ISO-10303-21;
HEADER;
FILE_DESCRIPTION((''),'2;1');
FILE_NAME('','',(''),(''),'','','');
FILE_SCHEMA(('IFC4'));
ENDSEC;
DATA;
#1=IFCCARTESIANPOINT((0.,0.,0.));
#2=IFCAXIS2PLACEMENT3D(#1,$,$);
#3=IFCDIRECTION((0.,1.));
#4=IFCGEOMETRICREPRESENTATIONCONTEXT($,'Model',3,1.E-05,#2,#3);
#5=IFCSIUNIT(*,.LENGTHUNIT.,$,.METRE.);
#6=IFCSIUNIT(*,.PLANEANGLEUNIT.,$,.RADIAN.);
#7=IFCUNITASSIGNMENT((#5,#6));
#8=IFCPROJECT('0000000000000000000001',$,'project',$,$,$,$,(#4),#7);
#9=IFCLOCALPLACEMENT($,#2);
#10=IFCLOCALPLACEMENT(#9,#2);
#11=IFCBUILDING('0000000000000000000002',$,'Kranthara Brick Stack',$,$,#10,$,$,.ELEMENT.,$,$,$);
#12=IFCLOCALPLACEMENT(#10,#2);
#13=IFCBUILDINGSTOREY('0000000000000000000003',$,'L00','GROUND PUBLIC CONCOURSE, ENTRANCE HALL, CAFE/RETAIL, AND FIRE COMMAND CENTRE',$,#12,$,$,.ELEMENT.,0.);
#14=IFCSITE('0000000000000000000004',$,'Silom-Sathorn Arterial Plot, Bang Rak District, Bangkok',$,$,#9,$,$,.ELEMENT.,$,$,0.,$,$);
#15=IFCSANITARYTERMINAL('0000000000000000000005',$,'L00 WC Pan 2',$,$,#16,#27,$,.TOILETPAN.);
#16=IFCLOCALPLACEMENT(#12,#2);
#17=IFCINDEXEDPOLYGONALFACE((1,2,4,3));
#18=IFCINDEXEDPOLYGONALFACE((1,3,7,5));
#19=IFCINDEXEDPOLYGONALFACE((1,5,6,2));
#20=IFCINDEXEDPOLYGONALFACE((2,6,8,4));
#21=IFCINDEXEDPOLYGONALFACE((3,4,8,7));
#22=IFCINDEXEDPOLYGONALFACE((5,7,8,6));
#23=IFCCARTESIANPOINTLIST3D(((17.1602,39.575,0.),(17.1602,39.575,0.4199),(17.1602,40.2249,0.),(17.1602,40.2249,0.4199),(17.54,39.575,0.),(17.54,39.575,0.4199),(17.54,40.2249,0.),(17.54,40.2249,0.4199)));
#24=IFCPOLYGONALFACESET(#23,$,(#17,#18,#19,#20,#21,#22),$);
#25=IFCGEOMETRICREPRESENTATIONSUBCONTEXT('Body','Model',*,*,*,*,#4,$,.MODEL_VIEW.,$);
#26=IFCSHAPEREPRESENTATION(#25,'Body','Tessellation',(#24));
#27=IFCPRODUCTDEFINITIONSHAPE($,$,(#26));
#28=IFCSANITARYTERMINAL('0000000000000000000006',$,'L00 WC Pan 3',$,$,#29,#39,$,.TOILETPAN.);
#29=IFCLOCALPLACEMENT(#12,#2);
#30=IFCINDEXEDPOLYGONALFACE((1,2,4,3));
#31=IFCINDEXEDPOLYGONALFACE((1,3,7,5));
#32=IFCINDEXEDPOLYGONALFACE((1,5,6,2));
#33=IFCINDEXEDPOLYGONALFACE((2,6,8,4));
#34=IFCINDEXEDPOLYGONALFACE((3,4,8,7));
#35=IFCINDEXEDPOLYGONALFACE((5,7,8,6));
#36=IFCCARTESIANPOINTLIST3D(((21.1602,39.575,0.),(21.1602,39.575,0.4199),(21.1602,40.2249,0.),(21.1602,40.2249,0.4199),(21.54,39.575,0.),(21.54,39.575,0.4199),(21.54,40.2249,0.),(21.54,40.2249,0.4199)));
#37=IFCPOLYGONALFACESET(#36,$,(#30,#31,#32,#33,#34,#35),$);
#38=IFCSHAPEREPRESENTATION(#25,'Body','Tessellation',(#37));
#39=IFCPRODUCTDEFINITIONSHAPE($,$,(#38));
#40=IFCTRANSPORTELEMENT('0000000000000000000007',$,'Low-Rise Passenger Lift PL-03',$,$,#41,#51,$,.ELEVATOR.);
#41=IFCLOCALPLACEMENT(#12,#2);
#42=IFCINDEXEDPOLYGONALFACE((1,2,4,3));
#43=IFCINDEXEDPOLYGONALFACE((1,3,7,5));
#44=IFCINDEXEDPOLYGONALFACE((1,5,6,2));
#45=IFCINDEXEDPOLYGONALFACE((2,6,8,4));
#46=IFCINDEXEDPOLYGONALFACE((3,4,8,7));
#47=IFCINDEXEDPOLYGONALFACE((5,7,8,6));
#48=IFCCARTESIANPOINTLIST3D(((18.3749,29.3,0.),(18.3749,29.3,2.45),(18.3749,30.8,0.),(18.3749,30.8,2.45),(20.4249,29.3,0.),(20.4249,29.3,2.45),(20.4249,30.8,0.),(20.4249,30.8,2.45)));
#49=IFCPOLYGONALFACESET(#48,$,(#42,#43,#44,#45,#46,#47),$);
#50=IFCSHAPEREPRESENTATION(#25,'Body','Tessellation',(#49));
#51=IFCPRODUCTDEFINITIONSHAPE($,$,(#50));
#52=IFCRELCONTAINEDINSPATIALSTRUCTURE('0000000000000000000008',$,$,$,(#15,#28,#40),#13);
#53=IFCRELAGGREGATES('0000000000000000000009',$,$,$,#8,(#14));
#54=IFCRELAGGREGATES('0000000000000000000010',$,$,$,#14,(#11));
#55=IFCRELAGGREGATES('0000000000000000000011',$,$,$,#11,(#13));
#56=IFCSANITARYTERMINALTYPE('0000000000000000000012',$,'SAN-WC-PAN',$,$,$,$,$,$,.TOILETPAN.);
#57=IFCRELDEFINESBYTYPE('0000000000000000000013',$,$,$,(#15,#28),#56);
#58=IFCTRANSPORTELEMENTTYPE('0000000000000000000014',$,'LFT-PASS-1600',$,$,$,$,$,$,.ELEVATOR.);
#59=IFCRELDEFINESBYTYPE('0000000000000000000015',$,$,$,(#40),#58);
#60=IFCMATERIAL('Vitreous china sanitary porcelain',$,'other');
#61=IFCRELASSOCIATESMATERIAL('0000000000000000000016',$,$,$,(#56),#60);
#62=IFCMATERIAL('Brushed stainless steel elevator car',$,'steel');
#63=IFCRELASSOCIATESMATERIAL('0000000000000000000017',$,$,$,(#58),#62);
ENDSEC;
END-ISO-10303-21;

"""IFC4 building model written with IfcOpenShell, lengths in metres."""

from ifc_helpers import new_model, si_unit, direction, frame, origin, origin_2d, place, context, subcontext, project, spatial, rectangle, extrude, material, type_object, element, save


model = new_model("IFC4")

# Units and contexts
model_context = context("Model", 3, precision=1e-05, world=origin(), true_north=direction((0.0, 1.0)))
body_context = subcontext(model_context, "Body", "Model", "MODEL_VIEW")
ifc_project = project(units=[si_unit("LENGTHUNIT", "METRE"), si_unit("PLANEANGLEUNIT", "RADIAN")], contexts=[model_context])

# Site, building, storey
site_placement = place(None, origin())
site = spatial("IfcSite", under=ifc_project, at=site_placement, Name="Silom-Sathorn Arterial Plot, Bang Rak District, Bangkok", CompositionType="ELEMENT", RefElevation=0.0)
building_placement = place(site_placement, origin())
building = spatial("IfcBuilding", under=site, at=building_placement, Name="Kranthara Brick Stack", CompositionType="ELEMENT")
storey_placement = place(building_placement, origin())
storey = spatial("IfcBuildingStorey", under=building, at=storey_placement, Name="L00", Description="GROUND PUBLIC CONCOURSE, ENTRANCE HALL, CAFE/RETAIL, AND FIRE COMMAND CENTRE", CompositionType="ELEMENT", Elevation=0.0)

# Sanitary terminals
ifc_material_1 = material(Name="Vitreous china sanitary porcelain", Category="other")
sanitary_terminal_type_1 = type_object("IfcSanitaryTerminalType", Name="SAN-WC-PAN", PredefinedType="TOILETPAN", material=ifc_material_1)
for number, where, z_axis, x_axis, name in (
    (1, (17.3501, 39.8999, 0.0), (0.0, 0.0, 1.0), (1.0, 0.0, 0.0), "L00 WC Pan 2"),
    (2, (21.3501, 39.8999, 0.0), (0.0, 0.0, 1.0), (1.0, 0.0, 0.0), "L00 WC Pan 3"),
):
    element("IfcSanitaryTerminal", number, at=place(storey_placement, frame(where, z_axis=z_axis, x_axis=x_axis)), inside=storey, type_object=sanitary_terminal_type_1, Name=name, PredefinedType="TOILETPAN", context=body_context, shape_type="SweptSolid", body=[
        extrude(rectangle(XDim=0.3799, YDim=0.6499, at=origin_2d()), origin(), (0.0, 0.0, 1.0), 0.4199),
    ])

# Transport element
ifc_material_2 = material(Name="Brushed stainless steel elevator car", Category="steel")
transport_element_type = type_object("IfcTransportElementType", Name="LFT-PASS-1600", PredefinedType="ELEVATOR", material=ifc_material_2)
transport_element_placement = place(storey_placement, frame((19.3999, 30.05, 0.0), z_axis=(0.0, 0.0, 1.0), x_axis=(1.0, 0.0, 0.0)))
element("IfcTransportElement", 3, at=transport_element_placement, inside=storey, type_object=transport_element_type, Name="Low-Rise Passenger Lift PL-03", PredefinedType="ELEVATOR", context=body_context, shape_type="SweptSolid", body=[
    extrude(rectangle(XDim=2.05, YDim=1.5, at=origin_2d()), origin(), (0.0, 0.0, 1.0), 2.45),
])

save(model, "model.ifc")
